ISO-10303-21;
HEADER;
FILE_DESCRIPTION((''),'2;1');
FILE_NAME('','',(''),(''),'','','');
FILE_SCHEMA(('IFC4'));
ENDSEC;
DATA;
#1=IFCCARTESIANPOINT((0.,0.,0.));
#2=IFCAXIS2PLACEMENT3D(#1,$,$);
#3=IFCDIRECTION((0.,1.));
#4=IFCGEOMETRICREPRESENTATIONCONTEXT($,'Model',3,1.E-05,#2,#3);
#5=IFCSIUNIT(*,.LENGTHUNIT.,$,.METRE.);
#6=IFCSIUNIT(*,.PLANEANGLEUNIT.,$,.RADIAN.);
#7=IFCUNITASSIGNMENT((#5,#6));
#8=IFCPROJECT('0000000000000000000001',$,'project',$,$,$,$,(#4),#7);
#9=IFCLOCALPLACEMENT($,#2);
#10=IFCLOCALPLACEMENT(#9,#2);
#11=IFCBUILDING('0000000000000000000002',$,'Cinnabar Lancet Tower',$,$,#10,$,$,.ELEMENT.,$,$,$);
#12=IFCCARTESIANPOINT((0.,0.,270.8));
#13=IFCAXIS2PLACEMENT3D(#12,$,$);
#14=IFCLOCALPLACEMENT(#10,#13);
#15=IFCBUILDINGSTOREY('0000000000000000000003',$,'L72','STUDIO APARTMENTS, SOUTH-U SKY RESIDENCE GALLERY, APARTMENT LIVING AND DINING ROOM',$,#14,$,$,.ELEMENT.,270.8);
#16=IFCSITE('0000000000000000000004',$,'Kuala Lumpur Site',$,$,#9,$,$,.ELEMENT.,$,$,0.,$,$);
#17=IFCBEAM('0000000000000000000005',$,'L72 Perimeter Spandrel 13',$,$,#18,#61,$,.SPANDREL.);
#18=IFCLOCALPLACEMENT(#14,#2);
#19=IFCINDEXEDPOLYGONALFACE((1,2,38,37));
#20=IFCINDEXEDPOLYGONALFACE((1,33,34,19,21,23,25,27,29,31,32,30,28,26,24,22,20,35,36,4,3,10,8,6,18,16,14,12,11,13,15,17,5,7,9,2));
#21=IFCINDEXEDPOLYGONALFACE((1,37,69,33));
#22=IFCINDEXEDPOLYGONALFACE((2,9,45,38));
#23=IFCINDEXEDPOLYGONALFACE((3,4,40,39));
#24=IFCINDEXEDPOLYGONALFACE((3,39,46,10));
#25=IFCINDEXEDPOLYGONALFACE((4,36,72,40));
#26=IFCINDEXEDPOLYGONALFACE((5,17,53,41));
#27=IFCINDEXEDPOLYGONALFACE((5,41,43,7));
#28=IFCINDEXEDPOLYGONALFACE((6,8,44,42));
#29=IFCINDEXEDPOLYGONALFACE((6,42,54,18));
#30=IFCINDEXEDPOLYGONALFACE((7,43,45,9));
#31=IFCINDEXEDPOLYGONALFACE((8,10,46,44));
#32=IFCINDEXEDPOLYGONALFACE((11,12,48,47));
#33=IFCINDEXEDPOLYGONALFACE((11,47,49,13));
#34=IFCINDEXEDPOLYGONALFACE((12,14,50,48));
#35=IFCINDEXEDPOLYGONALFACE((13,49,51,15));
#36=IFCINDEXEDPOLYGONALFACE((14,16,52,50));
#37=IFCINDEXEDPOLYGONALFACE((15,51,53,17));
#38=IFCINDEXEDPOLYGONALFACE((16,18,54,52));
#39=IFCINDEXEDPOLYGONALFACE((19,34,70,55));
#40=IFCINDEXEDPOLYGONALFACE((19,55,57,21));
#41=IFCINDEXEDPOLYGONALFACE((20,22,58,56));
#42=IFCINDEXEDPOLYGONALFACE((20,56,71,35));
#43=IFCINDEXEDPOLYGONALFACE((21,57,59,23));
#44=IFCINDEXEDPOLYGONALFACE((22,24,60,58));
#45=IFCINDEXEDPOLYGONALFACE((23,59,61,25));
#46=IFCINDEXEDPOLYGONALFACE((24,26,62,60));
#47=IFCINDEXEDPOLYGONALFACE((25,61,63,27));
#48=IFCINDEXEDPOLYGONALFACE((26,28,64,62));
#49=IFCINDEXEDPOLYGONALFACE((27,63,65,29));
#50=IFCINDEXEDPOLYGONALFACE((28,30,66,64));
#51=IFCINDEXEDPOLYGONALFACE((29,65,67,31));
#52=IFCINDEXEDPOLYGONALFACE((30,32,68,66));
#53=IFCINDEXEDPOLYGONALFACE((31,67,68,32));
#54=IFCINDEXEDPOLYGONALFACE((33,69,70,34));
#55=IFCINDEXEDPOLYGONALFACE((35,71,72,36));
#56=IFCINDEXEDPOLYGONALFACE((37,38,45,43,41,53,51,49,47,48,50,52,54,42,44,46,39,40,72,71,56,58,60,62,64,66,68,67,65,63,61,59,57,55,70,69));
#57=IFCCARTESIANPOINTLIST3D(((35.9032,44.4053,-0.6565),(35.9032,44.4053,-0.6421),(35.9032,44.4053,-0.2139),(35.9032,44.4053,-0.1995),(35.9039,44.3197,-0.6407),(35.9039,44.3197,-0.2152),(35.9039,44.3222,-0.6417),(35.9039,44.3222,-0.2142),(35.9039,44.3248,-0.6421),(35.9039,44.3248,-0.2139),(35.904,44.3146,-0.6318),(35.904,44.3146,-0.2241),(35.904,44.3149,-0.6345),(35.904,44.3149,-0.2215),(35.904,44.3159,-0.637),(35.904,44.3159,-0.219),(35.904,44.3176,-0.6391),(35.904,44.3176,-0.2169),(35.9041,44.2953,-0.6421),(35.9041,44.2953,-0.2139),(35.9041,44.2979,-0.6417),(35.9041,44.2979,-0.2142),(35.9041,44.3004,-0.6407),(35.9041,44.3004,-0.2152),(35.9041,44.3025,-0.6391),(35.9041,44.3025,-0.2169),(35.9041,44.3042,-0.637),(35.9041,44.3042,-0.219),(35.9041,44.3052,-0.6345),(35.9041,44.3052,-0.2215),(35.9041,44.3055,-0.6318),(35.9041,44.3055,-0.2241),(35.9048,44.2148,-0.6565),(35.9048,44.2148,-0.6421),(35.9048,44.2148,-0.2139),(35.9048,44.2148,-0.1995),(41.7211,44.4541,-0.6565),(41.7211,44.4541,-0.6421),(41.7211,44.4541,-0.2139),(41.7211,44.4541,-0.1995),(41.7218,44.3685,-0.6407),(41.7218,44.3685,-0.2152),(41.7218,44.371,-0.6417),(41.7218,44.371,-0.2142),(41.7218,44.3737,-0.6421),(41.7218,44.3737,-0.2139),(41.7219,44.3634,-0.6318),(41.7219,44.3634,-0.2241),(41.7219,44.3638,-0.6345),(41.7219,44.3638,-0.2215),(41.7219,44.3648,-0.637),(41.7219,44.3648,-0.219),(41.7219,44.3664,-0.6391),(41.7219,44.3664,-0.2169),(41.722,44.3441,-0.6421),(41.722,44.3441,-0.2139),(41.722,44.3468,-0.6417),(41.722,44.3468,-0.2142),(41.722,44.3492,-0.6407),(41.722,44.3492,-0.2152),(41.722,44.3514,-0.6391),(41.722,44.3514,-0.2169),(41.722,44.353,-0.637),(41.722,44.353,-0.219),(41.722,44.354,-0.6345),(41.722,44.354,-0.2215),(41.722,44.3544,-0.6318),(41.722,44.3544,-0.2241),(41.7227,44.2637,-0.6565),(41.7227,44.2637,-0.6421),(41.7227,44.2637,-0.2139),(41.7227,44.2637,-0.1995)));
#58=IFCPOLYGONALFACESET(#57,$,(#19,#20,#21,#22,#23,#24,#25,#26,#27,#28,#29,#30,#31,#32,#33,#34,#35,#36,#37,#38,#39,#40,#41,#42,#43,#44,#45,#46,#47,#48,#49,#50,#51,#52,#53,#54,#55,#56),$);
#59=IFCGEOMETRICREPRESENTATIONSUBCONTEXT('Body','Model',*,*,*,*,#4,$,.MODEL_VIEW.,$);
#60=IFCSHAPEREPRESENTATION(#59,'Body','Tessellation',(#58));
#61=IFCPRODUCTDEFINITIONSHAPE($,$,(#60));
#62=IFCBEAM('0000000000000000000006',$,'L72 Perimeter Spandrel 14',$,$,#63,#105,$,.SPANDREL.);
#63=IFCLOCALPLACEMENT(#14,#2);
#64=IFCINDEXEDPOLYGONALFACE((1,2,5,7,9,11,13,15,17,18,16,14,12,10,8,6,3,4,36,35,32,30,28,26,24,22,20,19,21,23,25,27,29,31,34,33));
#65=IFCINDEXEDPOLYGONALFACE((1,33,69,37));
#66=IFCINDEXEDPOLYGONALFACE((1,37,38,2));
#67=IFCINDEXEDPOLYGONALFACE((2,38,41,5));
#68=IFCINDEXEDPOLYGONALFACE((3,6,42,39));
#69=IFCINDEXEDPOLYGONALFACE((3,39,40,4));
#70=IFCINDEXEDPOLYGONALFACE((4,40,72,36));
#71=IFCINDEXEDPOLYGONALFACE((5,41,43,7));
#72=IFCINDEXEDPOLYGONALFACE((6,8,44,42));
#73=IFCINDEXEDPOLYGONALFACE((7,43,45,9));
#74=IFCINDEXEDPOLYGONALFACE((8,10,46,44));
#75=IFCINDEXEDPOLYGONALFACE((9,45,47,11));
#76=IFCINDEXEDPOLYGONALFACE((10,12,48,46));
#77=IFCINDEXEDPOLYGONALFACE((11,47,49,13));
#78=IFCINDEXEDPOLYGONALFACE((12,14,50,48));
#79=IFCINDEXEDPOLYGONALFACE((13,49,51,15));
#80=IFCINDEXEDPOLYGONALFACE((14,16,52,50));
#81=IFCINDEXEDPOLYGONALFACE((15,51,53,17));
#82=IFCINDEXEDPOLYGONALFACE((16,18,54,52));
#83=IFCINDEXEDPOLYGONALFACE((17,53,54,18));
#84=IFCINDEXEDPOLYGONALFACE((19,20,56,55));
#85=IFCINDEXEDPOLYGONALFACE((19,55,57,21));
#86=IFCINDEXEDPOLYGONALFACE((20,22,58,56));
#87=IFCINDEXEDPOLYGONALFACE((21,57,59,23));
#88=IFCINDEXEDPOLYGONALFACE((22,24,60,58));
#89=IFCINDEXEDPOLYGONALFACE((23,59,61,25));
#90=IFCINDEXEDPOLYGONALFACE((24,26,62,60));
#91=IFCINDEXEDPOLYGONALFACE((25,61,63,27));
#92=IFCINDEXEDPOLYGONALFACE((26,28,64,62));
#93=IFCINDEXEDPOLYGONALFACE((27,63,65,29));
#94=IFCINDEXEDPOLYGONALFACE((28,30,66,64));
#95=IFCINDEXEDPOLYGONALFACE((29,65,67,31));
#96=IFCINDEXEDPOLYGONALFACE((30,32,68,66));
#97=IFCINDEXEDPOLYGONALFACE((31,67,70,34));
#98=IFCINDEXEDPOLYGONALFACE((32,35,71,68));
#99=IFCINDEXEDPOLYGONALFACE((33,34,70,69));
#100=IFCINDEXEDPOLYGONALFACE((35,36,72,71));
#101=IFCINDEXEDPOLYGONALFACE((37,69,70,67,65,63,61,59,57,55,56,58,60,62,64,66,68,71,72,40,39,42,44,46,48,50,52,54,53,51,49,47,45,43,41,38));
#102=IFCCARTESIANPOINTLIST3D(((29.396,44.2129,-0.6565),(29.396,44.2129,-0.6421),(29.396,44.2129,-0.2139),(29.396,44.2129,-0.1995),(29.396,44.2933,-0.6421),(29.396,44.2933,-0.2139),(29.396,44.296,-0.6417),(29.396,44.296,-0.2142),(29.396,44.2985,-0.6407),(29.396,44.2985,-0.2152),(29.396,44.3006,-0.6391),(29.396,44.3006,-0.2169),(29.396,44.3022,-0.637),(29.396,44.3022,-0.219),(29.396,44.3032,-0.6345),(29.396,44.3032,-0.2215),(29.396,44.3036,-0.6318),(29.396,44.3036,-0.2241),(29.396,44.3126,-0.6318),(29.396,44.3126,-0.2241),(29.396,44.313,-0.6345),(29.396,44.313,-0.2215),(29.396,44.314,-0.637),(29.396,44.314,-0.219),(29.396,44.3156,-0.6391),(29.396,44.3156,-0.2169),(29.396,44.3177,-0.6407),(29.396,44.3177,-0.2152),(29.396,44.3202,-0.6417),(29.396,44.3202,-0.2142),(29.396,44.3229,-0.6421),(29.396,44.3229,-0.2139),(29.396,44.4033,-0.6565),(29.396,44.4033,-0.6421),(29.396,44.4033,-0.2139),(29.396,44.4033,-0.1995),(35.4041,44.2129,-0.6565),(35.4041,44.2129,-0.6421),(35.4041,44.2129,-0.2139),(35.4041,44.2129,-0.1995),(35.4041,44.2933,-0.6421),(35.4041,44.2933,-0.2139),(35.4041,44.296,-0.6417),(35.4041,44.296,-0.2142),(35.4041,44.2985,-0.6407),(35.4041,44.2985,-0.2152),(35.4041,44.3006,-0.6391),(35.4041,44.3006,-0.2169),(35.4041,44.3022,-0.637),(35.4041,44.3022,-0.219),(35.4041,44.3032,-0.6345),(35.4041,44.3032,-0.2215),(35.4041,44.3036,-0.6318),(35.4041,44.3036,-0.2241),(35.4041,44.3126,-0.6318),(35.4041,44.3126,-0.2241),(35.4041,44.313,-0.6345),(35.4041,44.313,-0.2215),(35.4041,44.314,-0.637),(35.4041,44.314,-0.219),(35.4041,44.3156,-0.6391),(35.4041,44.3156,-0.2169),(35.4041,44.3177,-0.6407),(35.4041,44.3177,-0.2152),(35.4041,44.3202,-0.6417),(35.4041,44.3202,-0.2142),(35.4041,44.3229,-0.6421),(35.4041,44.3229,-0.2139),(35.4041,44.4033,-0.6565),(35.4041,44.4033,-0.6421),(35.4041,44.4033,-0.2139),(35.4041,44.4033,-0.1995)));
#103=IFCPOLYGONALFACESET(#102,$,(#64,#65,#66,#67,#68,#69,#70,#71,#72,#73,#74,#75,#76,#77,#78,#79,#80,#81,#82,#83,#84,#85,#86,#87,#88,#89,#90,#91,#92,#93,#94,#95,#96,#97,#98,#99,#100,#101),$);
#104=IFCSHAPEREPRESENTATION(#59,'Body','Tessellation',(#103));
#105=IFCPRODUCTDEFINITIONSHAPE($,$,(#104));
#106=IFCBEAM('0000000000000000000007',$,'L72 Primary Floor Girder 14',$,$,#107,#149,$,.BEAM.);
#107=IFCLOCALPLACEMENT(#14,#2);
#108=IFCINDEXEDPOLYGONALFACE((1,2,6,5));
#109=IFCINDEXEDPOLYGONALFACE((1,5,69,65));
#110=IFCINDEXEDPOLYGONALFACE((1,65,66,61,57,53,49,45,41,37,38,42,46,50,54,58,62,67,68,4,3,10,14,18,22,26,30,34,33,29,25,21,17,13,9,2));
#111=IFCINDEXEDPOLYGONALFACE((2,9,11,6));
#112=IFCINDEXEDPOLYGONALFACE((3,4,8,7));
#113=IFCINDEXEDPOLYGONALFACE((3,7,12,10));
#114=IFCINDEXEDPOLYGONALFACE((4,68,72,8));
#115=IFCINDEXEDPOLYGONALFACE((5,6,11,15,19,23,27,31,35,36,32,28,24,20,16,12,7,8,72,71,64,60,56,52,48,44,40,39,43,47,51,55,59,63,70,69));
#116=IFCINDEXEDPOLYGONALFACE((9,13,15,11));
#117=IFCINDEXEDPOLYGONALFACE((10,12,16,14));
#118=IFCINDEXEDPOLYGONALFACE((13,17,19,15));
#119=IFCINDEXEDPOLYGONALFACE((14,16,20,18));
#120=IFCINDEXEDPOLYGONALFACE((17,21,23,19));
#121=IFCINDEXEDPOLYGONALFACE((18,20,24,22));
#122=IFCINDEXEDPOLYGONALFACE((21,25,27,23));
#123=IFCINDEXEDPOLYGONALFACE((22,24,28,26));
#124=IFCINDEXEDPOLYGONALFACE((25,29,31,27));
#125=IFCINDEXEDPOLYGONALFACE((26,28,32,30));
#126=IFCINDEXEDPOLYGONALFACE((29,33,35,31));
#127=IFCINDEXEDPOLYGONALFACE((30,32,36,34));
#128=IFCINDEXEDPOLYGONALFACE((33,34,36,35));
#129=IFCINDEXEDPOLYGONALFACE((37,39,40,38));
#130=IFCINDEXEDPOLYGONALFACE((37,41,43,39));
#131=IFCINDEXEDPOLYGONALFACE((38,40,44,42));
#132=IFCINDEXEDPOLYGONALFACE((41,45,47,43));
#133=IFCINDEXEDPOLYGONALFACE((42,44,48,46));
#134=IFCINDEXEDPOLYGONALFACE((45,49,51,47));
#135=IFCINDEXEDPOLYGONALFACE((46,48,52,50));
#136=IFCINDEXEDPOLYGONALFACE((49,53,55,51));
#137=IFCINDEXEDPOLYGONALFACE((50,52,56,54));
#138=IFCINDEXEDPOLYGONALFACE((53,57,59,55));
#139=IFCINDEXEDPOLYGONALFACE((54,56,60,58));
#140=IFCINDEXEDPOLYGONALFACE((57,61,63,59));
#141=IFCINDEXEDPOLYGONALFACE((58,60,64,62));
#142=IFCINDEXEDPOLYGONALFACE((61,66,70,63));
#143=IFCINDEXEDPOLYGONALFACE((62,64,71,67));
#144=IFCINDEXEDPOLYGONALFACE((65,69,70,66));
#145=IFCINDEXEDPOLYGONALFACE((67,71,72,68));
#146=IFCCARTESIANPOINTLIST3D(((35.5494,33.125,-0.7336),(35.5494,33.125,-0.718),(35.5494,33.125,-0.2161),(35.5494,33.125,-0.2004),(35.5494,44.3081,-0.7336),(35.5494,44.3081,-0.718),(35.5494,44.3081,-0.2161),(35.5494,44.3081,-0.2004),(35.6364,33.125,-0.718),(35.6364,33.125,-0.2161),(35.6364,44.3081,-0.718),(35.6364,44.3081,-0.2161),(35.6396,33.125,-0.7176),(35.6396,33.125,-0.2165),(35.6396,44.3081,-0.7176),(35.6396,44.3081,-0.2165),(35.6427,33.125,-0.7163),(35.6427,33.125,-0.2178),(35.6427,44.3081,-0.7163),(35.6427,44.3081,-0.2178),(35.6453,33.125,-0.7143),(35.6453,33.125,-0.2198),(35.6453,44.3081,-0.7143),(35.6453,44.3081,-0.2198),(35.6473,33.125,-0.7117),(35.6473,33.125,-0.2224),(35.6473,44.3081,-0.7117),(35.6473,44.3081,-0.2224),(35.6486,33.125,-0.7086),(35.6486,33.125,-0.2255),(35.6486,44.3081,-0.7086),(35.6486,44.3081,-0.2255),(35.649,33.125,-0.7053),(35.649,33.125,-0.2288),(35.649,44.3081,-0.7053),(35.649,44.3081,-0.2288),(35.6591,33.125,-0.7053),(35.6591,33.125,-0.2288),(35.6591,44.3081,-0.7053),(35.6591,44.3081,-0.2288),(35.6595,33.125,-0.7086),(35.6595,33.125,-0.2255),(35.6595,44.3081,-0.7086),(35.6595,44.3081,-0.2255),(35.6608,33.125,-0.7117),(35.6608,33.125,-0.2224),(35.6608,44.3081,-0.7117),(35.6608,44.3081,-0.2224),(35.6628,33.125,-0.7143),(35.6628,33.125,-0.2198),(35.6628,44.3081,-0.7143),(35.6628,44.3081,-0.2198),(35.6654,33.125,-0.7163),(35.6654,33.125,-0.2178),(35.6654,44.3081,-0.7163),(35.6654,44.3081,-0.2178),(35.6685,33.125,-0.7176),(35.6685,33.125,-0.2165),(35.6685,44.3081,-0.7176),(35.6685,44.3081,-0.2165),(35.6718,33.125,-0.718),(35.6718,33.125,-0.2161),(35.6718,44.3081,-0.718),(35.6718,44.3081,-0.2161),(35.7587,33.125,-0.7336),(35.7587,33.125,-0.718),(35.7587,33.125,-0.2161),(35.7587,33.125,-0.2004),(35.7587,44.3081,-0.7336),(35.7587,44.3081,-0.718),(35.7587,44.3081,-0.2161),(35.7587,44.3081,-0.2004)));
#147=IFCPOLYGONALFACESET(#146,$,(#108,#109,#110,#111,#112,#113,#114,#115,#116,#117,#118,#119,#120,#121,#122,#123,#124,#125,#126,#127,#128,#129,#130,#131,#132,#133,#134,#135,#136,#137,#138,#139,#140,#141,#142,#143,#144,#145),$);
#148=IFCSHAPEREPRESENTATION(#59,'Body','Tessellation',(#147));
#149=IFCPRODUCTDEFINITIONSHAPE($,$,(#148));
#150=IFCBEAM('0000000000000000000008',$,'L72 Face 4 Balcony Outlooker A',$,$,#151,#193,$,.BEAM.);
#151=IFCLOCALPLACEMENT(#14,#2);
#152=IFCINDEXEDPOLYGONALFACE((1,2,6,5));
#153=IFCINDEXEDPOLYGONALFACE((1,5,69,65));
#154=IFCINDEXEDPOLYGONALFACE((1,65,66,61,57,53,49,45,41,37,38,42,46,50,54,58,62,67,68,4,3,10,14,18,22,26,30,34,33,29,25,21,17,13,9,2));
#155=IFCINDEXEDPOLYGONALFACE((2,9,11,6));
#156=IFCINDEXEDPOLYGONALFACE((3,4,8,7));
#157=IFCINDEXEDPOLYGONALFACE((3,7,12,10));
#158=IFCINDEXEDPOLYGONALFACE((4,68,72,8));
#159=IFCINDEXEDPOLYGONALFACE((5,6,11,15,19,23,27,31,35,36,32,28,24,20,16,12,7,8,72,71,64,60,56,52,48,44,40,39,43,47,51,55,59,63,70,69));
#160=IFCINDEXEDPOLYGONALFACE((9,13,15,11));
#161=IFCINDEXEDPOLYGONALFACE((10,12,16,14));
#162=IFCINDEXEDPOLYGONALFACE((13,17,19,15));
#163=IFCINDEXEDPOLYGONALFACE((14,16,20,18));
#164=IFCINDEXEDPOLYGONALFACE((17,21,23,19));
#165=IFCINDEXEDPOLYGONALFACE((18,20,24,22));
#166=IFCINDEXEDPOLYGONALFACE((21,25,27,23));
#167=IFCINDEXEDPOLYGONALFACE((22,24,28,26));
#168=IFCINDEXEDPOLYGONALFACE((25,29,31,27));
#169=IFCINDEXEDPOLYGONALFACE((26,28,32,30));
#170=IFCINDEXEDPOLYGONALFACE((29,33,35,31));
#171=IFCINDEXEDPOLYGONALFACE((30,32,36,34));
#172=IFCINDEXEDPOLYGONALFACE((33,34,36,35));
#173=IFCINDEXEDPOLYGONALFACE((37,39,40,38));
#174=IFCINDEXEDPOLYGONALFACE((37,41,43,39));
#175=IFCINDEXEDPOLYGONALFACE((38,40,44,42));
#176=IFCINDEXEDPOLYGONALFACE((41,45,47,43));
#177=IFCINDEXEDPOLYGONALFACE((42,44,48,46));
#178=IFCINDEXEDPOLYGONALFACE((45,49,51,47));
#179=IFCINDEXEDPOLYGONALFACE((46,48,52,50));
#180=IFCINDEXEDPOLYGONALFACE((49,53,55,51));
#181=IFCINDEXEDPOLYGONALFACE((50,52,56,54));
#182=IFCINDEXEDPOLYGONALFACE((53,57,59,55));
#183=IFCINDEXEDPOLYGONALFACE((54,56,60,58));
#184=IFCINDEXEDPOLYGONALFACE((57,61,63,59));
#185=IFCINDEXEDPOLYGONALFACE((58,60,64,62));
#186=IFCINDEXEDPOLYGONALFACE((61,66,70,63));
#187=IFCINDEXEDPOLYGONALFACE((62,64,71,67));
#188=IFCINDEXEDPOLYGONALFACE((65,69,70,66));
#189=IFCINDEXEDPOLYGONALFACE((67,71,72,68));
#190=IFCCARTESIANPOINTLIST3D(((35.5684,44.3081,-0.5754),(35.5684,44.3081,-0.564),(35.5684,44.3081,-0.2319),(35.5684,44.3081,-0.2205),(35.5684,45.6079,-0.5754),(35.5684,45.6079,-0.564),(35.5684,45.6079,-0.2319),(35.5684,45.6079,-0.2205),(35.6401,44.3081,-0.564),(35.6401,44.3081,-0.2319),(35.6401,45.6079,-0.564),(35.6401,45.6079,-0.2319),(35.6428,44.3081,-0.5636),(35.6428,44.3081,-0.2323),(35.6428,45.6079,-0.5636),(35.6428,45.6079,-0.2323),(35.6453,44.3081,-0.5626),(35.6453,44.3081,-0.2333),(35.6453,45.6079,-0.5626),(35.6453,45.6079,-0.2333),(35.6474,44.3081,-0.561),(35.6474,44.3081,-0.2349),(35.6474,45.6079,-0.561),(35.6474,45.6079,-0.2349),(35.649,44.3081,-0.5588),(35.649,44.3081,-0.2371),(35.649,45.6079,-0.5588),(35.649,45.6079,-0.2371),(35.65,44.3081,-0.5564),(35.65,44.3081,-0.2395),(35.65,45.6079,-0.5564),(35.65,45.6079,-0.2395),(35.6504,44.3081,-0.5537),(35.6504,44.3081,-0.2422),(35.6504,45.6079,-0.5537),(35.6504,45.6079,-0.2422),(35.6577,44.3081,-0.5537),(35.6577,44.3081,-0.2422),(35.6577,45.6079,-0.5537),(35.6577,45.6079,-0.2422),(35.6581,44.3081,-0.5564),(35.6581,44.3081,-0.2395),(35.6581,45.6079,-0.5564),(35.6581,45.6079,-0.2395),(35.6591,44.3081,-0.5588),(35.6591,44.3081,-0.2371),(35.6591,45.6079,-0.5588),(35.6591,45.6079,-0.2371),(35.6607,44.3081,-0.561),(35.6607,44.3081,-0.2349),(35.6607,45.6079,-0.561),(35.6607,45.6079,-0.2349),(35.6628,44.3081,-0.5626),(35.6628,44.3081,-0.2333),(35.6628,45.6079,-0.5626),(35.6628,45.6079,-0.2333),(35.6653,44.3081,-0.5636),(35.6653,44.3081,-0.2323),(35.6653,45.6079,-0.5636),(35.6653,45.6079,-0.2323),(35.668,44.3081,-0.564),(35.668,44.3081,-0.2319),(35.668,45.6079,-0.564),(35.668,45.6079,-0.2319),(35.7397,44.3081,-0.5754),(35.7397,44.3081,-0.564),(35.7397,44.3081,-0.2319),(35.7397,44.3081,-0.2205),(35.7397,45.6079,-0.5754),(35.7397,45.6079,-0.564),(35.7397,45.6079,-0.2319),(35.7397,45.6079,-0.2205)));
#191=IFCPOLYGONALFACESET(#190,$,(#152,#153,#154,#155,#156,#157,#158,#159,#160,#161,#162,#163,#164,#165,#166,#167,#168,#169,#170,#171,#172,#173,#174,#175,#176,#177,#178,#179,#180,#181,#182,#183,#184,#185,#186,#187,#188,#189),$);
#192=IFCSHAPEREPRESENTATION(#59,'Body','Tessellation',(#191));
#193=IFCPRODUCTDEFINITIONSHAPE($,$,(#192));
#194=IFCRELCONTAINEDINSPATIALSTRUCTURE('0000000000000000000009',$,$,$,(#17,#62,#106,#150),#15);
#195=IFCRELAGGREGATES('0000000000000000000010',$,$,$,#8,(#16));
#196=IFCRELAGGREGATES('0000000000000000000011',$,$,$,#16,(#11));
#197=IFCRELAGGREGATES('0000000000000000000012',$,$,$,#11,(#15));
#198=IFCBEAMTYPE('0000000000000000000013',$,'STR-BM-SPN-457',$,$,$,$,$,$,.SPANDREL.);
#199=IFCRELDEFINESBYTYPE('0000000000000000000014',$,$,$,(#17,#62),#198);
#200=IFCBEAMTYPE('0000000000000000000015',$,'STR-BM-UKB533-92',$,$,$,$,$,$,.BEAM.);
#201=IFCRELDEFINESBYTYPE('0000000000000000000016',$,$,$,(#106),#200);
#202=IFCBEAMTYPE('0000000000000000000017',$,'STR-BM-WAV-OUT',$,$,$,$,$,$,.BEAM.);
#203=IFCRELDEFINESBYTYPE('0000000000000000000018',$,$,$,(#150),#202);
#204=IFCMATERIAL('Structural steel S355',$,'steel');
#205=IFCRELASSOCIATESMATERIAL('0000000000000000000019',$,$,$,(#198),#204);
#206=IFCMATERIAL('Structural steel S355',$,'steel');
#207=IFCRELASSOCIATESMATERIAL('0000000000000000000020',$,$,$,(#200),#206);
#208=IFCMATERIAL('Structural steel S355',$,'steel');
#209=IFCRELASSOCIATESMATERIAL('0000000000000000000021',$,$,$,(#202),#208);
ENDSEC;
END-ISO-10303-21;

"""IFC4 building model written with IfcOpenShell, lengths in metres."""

from ifc_helpers import new_model, si_unit, direction, frame, origin, origin_2d, place, context, subcontext, project, spatial, i_section, extrude, material, material_profile, profile_set, type_object, element, save


model = new_model("IFC4")

# Units and contexts
model_context = context("Model", 3, precision=1e-05, world=origin(), true_north=direction((0.0, 1.0)))
body_context = subcontext(model_context, "Body", "Model", "MODEL_VIEW")
ifc_project = project(units=[si_unit("LENGTHUNIT", "METRE"), si_unit("PLANEANGLEUNIT", "RADIAN")], contexts=[model_context])

# Site, building, storey
site_placement = place(None, origin())
site = spatial("IfcSite", under=ifc_project, at=site_placement, Name="Kuala Lumpur Site", CompositionType="ELEMENT", RefElevation=0.0)
building_placement = place(site_placement, origin())
building = spatial("IfcBuilding", under=site, at=building_placement, Name="Cinnabar Lancet Tower", CompositionType="ELEMENT")
storey_placement = place(building_placement, frame((0.0, 0.0, 270.8)))
storey = spatial("IfcBuildingStorey", under=building, at=storey_placement, Name="L72", Description="STUDIO APARTMENTS, SOUTH-U SKY RESIDENCE GALLERY, APARTMENT LIVING AND DINING ROOM", CompositionType="ELEMENT", Elevation=270.8)

# Beams
ifc_material_1 = material(Name="Structural steel S355", Category="steel")
ifc_material_profile_1 = material_profile(ifc_material_1, i_section(OverallWidth=0.1904, OverallDepth=0.457, WebThickness=0.009, FlangeThickness=0.0144, FilletRadius=0.0103, at=origin_2d()), Name="UKB 457x191x74")
ifc_profile_set_1 = profile_set([ifc_material_profile_1], Name="Structural steel S355")
beam_type_1 = type_object("IfcBeamType", Name="STR-BM-SPN-457", PredefinedType="SPANDREL", material=ifc_profile_set_1)
beam_1_placement = place(storey_placement, frame((41.7219, 44.3589, -0.428), z_axis=(-0.999965, -0.008392, 0.0), x_axis=(0.008392, -0.999965, 0.0)))
element("IfcBeam", 1, at=beam_1_placement, inside=storey, type_object=beam_type_1, Name="L72 Perimeter Spandrel 13", PredefinedType="SPANDREL", context=body_context, shape_type="SweptSolid", body=[
    extrude(i_section(OverallWidth=0.1904, OverallDepth=0.457, WebThickness=0.009, FlangeThickness=0.0144, FilletRadius=0.0103, at=origin_2d()), origin(), (0.0, 0.0, 1.0), 5.8181),
])
beam_2_placement = place(storey_placement, frame((35.4041, 44.3081, -0.428), z_axis=(-1.0, 0.0, 0.0), x_axis=(0.0, -1.0, 0.0)))
element("IfcBeam", 2, at=beam_2_placement, inside=storey, type_object=beam_type_1, Name="L72 Perimeter Spandrel 14", PredefinedType="SPANDREL", context=body_context, shape_type="SweptSolid", body=[
    extrude(i_section(OverallWidth=0.1904, OverallDepth=0.457, WebThickness=0.009, FlangeThickness=0.0144, FilletRadius=0.0103, at=origin_2d()), origin(), (0.0, 0.0, 1.0), 6.0081),
])
ifc_material_2 = material(Name="Structural steel S355", Category="steel")
ifc_material_profile_2 = material_profile(ifc_material_2, i_section(OverallWidth=0.2092, OverallDepth=0.5332, WebThickness=0.01, FlangeThickness=0.0156, FilletRadius=0.0127, at=origin_2d()), Name="UKB 533x210x92")
ifc_profile_set_2 = profile_set([ifc_material_profile_2], Name="Structural steel S355")
beam_type_2 = type_object("IfcBeamType", Name="STR-BM-UKB533-92", PredefinedType="BEAM", material=ifc_profile_set_2)
beam_3_placement = place(storey_placement, frame((35.6541, 44.3081, -0.467), z_axis=(0.0, -1.0, 0.0), x_axis=(1.0, 0.0, 0.0)))
element("IfcBeam", 3, at=beam_3_placement, inside=storey, type_object=beam_type_2, Name="L72 Primary Floor Girder 14", PredefinedType="BEAM", context=body_context, shape_type="SweptSolid", body=[
    extrude(i_section(OverallWidth=0.2092, OverallDepth=0.5332, WebThickness=0.01, FlangeThickness=0.0156, FilletRadius=0.0127, at=origin_2d()), origin(), (0.0, 0.0, 1.0), 11.1831),
])
ifc_material_3 = material(Name="Structural steel S355", Category="steel")
ifc_material_profile_3 = material_profile(ifc_material_3, i_section(OverallWidth=0.1714, OverallDepth=0.355, WebThickness=0.0073, FlangeThickness=0.0115, FilletRadius=0.0103, at=origin_2d()), Name="UKB 356x171x51")
ifc_profile_set_3 = profile_set([ifc_material_profile_3], Name="Structural steel S355")
beam_type_3 = type_object("IfcBeamType", Name="STR-BM-WAV-OUT", PredefinedType="BEAM", material=ifc_profile_set_3)
beam_4_placement = place(storey_placement, frame((35.6541, 44.3081, -0.3979), z_axis=(0.0, 1.0, 0.0), x_axis=(-1.0, 0.0, 0.0)))
element("IfcBeam", 4, at=beam_4_placement, inside=storey, type_object=beam_type_3, Name="L72 Face 4 Balcony Outlooker A", PredefinedType="BEAM", context=body_context, shape_type="SweptSolid", body=[
    extrude(i_section(OverallWidth=0.1714, OverallDepth=0.355, WebThickness=0.0073, FlangeThickness=0.0115, FilletRadius=0.0103, at=origin_2d()), origin(), (0.0, 0.0, 1.0), 1.2998),
])

save(model, "model.ifc")
